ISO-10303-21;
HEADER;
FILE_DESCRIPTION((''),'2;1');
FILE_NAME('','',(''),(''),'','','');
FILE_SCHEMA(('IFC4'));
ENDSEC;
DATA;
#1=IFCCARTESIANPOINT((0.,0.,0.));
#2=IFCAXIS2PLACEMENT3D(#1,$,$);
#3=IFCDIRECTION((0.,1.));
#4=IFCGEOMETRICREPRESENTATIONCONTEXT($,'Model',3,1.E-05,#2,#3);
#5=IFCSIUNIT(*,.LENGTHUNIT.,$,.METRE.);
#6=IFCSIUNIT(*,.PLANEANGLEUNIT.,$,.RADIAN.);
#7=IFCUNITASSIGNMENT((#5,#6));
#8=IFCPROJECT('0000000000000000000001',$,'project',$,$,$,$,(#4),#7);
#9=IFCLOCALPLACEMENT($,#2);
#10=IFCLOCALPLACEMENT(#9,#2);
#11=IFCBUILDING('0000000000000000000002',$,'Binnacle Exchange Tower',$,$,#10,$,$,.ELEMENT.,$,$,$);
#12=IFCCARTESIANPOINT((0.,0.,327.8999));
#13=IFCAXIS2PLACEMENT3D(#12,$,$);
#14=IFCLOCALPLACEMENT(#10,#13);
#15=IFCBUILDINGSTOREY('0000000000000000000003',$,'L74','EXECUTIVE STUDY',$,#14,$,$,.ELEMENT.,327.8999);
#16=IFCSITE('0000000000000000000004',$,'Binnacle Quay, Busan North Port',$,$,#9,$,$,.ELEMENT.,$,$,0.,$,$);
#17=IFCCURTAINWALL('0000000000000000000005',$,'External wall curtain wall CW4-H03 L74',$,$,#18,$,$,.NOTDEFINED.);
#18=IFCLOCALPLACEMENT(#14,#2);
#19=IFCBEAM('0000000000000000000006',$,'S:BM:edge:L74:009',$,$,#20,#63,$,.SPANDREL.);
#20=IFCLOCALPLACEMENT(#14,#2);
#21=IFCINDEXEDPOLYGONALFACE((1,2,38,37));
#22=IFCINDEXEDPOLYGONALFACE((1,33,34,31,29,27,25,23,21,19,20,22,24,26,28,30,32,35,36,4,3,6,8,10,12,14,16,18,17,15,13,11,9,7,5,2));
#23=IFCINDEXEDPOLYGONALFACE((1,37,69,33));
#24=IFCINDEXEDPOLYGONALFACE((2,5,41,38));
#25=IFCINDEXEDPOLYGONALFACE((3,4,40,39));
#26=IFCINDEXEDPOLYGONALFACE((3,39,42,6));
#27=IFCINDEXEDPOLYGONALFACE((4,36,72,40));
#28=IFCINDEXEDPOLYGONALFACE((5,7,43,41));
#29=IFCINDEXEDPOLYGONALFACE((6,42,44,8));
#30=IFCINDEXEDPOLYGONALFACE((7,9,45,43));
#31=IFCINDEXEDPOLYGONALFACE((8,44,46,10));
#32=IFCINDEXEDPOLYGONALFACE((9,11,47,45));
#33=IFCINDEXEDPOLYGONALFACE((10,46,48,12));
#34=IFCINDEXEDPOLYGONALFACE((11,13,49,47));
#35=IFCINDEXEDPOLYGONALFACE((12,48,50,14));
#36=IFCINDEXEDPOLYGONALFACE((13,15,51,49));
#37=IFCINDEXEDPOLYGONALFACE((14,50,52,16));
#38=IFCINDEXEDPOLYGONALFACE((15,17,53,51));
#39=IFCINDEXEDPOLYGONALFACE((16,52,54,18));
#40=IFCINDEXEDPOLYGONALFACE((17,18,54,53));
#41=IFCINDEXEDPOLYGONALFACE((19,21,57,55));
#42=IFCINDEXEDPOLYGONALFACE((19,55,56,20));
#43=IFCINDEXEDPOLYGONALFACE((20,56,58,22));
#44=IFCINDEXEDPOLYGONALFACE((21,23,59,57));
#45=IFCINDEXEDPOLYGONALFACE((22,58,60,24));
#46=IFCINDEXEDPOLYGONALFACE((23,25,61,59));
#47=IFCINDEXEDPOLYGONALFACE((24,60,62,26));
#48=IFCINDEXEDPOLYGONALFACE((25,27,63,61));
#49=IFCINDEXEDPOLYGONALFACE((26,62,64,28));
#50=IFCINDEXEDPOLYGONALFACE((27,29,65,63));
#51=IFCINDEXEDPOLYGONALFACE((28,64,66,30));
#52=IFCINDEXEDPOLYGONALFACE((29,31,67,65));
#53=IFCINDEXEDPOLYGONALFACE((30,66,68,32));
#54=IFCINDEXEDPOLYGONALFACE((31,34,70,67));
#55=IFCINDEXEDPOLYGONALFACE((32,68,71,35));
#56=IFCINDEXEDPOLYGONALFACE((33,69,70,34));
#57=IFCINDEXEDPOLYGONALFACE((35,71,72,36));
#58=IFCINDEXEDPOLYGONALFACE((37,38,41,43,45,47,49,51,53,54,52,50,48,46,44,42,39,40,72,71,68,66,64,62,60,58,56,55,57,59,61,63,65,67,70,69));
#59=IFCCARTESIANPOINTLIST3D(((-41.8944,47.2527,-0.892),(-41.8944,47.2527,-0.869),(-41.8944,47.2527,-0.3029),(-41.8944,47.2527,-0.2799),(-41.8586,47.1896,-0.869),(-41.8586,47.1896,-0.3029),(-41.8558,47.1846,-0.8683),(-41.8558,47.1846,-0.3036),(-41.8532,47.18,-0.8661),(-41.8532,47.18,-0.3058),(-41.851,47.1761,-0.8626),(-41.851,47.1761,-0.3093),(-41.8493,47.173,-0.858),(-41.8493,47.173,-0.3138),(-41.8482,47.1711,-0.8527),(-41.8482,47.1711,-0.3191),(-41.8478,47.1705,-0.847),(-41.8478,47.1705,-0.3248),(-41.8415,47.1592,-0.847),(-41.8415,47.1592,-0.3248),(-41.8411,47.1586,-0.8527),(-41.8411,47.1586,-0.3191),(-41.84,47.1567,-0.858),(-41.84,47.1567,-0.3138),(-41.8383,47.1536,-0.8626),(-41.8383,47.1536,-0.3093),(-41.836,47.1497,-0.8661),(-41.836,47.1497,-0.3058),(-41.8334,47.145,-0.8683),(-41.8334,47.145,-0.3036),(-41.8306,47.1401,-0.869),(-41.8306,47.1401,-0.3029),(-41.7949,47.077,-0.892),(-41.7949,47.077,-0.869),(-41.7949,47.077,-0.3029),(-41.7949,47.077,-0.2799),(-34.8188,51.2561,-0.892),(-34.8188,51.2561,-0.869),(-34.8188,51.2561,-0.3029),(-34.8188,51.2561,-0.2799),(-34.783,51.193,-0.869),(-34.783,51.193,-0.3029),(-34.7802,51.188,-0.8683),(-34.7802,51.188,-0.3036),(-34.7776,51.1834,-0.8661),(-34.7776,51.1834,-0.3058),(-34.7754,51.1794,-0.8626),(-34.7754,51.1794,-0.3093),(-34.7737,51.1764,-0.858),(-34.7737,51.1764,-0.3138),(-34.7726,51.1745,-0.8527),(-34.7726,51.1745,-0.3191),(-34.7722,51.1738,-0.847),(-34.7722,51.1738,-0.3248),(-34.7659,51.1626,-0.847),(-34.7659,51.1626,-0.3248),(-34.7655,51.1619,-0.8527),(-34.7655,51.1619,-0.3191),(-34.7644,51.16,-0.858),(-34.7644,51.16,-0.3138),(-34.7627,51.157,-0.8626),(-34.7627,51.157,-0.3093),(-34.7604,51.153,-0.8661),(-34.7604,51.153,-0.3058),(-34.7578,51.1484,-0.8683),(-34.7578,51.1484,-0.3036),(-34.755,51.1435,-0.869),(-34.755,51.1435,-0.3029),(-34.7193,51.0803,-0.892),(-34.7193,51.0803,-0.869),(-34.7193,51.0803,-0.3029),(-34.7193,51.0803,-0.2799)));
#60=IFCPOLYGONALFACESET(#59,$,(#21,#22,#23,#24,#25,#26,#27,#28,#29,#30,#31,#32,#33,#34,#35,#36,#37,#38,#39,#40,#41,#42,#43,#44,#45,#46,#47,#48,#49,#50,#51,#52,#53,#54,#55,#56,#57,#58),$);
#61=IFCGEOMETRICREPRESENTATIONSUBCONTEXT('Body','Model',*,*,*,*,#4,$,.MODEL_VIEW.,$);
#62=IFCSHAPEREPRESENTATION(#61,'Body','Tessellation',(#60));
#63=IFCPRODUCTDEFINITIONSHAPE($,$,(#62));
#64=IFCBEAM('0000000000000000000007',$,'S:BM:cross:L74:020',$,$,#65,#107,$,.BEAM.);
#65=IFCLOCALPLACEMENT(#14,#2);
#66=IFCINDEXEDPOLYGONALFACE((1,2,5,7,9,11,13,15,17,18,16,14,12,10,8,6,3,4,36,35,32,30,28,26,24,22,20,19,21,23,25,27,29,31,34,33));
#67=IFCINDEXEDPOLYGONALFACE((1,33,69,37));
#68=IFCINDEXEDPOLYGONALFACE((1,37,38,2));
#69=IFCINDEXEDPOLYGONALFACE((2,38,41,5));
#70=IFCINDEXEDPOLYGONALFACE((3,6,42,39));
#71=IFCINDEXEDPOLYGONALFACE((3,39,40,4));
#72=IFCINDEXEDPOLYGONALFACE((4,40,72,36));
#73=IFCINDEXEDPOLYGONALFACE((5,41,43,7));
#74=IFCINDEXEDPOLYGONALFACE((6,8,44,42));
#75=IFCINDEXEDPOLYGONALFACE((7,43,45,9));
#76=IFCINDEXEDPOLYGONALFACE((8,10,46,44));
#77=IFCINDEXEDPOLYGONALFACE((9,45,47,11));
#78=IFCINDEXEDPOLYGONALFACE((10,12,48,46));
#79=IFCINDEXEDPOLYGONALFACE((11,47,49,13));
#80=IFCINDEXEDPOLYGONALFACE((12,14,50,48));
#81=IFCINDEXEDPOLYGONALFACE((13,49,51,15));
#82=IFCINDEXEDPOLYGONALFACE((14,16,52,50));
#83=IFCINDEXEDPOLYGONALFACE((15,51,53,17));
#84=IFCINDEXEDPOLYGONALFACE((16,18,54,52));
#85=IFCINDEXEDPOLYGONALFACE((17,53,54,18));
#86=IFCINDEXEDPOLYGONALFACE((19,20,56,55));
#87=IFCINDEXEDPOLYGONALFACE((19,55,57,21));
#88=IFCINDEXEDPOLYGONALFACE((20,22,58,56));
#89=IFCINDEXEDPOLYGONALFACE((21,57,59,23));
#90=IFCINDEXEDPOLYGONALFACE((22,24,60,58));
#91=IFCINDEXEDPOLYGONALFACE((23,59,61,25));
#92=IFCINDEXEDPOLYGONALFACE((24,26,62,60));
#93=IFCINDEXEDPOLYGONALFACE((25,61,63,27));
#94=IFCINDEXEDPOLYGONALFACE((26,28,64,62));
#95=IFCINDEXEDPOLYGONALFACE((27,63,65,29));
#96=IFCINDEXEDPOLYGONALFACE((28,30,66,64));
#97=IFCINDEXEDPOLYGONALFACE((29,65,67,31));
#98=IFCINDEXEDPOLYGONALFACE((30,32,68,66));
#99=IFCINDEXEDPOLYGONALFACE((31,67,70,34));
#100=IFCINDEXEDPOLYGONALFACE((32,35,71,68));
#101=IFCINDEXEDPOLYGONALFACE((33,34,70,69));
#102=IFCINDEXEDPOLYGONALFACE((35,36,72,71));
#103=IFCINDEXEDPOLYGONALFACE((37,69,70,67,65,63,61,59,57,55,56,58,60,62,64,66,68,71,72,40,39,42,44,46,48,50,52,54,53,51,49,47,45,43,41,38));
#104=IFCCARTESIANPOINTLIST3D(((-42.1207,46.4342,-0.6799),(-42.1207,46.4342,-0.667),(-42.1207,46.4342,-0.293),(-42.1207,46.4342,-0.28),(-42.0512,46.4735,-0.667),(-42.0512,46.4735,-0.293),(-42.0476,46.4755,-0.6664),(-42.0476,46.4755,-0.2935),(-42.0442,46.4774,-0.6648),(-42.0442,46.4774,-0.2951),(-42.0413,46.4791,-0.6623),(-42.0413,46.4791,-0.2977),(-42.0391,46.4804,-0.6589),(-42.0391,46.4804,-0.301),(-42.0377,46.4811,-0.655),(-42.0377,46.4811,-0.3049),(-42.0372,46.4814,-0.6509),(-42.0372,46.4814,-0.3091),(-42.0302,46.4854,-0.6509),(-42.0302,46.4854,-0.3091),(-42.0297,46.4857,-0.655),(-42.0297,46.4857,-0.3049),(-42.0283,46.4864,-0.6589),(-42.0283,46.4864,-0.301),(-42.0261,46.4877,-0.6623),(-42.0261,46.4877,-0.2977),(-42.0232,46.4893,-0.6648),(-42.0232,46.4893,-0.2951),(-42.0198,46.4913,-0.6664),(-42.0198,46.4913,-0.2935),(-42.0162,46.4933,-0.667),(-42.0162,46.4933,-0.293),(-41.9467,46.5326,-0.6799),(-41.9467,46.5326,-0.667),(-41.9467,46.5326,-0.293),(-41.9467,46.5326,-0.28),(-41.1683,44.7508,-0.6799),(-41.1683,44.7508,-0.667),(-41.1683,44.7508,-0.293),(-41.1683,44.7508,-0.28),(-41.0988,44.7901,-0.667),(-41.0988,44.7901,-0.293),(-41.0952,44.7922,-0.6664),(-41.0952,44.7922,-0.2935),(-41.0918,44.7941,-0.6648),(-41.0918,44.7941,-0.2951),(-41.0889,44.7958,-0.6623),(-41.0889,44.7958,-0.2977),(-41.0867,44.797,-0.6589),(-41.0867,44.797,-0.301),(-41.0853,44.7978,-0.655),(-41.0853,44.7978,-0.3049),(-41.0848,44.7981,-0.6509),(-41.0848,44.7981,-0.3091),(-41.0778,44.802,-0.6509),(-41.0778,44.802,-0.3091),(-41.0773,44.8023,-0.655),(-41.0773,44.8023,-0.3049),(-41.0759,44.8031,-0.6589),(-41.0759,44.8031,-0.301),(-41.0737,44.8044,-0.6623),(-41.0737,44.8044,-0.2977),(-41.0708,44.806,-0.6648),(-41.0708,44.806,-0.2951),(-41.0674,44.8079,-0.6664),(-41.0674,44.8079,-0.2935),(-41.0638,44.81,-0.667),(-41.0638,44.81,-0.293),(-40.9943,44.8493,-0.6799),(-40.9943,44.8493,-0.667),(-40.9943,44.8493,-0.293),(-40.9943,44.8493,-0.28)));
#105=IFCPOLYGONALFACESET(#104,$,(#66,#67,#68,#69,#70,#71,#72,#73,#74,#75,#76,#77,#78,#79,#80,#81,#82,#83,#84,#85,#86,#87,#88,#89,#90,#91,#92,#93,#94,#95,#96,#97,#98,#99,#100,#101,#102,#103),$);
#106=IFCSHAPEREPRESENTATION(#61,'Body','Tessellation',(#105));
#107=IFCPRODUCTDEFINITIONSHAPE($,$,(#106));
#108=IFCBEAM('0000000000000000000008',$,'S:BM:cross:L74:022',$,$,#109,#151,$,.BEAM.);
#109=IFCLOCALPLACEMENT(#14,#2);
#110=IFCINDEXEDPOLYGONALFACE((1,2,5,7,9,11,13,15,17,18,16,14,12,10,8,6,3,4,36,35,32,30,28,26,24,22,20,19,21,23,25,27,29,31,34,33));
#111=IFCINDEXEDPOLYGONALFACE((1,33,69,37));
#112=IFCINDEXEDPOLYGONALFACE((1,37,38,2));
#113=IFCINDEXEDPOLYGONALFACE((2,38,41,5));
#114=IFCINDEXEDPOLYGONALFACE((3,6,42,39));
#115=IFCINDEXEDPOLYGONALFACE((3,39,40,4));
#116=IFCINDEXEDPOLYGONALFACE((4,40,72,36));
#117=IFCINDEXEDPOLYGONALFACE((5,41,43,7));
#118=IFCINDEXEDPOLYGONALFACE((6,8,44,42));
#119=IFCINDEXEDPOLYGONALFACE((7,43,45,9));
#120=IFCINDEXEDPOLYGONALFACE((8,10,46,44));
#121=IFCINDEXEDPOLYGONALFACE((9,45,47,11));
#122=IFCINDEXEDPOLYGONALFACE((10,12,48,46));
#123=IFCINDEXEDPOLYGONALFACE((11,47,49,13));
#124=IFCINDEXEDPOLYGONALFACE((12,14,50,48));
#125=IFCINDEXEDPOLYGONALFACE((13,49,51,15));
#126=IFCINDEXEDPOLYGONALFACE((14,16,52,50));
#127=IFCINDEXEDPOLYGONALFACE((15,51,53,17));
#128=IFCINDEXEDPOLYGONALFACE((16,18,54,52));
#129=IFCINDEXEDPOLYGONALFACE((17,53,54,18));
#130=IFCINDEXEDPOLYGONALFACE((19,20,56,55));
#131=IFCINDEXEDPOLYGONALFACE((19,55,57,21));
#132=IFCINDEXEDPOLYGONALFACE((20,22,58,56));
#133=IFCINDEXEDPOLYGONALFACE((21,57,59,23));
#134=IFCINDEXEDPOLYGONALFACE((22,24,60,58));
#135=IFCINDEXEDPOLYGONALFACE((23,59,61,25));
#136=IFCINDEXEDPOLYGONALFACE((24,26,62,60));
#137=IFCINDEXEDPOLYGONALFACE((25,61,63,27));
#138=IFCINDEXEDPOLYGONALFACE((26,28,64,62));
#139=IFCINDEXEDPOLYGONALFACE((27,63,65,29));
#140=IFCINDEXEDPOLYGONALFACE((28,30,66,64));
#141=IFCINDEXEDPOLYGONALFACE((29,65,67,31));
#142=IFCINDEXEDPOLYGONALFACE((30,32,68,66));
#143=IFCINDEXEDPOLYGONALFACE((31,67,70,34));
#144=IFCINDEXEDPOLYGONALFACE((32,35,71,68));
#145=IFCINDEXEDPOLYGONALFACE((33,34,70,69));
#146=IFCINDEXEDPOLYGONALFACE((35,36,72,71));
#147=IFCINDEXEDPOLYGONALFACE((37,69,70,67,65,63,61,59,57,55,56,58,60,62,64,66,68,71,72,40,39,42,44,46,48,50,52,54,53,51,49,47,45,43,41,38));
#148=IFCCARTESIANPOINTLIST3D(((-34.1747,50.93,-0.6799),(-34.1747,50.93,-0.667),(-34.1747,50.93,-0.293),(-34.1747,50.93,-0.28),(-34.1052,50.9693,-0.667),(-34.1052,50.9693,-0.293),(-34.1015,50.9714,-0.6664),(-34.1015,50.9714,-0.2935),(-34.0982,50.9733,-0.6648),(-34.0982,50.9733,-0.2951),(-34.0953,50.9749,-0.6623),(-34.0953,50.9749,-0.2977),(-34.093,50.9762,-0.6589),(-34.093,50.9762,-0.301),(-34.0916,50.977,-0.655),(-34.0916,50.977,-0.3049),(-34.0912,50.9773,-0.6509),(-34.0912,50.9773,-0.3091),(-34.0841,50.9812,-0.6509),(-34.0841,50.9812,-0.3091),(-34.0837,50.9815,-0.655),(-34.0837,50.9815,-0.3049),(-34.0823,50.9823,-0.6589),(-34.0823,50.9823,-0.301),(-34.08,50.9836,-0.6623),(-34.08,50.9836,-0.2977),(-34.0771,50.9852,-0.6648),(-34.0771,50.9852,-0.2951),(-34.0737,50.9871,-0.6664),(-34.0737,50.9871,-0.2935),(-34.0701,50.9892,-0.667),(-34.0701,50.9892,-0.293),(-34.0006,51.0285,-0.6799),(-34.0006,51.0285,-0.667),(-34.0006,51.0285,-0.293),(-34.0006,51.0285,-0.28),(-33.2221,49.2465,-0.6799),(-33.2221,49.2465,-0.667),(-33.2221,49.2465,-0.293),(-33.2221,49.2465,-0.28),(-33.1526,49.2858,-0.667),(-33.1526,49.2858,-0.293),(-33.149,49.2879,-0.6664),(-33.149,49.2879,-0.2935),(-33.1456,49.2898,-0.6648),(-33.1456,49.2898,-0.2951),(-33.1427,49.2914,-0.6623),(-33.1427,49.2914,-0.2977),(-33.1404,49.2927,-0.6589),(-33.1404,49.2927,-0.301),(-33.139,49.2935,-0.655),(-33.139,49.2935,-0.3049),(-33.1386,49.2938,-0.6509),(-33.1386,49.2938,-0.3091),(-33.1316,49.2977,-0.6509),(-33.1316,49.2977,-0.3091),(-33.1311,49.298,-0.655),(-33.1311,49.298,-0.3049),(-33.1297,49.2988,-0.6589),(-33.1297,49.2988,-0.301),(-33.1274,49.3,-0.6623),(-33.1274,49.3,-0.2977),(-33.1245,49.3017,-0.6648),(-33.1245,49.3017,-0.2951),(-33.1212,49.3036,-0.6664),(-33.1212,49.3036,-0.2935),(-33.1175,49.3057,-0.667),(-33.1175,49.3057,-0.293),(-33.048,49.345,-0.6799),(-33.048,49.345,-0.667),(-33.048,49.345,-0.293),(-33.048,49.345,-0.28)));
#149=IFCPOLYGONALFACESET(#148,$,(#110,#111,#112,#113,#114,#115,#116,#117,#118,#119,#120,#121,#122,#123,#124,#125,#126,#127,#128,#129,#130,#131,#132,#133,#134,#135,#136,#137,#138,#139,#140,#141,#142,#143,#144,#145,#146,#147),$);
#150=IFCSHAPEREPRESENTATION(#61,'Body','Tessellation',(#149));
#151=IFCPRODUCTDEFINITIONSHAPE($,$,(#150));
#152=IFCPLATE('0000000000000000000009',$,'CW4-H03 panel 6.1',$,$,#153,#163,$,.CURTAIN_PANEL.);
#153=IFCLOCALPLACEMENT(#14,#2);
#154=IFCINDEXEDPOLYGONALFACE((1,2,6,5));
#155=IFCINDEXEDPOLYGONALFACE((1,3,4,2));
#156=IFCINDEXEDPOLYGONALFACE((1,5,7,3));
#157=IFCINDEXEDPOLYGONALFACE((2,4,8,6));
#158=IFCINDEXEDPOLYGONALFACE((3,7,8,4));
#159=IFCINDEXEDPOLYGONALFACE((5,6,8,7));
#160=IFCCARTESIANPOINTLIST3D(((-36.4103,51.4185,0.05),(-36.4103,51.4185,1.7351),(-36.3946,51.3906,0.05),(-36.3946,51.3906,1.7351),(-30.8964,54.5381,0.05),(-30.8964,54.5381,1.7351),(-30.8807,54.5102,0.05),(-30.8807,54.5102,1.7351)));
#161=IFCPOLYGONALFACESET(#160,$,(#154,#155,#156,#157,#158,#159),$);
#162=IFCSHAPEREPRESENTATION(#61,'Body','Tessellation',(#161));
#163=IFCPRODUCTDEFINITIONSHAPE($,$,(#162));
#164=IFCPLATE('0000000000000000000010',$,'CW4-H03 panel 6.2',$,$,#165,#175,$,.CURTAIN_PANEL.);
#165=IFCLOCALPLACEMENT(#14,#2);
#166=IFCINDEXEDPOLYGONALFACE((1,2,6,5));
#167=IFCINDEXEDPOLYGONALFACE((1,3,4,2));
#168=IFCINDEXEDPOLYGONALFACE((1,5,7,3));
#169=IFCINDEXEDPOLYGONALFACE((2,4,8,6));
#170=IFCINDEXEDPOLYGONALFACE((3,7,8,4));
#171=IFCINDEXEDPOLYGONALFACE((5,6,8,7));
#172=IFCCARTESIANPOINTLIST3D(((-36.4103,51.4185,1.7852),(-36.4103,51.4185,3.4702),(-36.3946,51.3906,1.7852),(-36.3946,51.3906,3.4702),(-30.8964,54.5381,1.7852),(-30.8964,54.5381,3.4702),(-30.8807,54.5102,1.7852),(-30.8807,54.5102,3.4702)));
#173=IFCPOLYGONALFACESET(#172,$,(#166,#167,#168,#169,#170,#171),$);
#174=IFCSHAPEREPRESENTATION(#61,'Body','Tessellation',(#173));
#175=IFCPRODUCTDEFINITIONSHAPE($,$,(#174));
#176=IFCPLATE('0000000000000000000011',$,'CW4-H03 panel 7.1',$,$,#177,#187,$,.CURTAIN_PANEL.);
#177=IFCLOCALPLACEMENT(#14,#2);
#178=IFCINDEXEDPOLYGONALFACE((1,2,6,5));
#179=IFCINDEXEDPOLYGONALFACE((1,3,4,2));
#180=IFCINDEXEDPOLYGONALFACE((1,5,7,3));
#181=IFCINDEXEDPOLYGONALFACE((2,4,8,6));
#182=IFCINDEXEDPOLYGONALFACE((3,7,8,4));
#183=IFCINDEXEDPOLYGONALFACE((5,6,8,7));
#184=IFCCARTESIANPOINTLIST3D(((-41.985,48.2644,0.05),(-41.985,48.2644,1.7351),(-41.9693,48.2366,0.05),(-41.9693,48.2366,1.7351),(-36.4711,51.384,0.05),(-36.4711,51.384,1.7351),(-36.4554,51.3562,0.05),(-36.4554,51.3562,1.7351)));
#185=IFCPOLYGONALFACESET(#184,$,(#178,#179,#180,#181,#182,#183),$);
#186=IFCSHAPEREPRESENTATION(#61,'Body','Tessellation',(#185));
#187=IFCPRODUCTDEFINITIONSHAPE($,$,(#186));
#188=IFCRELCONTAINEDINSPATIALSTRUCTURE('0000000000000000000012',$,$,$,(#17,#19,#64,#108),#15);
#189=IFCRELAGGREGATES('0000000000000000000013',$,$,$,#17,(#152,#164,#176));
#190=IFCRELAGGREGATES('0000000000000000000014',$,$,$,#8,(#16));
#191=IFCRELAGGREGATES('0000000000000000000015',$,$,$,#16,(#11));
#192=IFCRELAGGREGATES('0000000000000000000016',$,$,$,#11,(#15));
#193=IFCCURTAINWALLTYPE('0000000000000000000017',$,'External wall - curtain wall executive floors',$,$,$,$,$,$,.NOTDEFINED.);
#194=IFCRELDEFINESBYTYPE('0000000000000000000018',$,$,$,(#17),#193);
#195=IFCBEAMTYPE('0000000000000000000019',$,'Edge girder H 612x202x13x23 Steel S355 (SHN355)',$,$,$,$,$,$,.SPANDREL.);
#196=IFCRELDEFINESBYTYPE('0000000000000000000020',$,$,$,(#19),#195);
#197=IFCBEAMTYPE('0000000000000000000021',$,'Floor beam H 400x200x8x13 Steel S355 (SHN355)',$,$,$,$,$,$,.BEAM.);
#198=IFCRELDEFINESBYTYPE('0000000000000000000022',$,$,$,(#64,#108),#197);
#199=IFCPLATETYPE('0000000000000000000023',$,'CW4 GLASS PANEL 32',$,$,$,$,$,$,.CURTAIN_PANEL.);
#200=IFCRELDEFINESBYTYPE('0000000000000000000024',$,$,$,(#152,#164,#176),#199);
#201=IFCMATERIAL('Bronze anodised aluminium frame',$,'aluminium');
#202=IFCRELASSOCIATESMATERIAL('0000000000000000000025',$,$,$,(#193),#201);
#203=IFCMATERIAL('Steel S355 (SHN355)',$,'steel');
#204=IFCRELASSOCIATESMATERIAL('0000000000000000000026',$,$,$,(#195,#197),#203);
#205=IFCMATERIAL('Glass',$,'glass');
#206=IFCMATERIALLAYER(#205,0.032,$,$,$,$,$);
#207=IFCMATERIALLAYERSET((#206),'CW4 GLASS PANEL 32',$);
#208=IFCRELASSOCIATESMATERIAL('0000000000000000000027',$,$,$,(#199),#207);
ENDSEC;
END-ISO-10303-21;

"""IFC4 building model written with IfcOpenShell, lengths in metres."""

from ifc_helpers import new_model, si_unit, direction, frame, origin, origin_2d, place, context, subcontext, project, spatial, rectangle, i_section, extrude, material, layer, layer_set, material_profile, profile_set, type_object, element, aggregate, save


model = new_model("IFC4")

# Units and contexts
model_context = context("Model", 3, precision=1e-05, world=origin(), true_north=direction((0.0, 1.0)))
body_context = subcontext(model_context, "Body", "Model", "MODEL_VIEW")
ifc_project = project(units=[si_unit("LENGTHUNIT", "METRE"), si_unit("PLANEANGLEUNIT", "RADIAN")], contexts=[model_context])

# Site, building, storey
site_placement = place(None, origin())
site = spatial("IfcSite", under=ifc_project, at=site_placement, Name="Binnacle Quay, Busan North Port", CompositionType="ELEMENT", RefElevation=0.0)
building_placement = place(site_placement, origin())
building = spatial("IfcBuilding", under=site, at=building_placement, Name="Binnacle Exchange Tower", CompositionType="ELEMENT")
storey_placement = place(building_placement, frame((0.0, 0.0, 327.8999)))
storey = spatial("IfcBuildingStorey", under=building, at=storey_placement, Name="L74", Description="EXECUTIVE STUDY", CompositionType="ELEMENT", Elevation=327.8999)

# Curtain wall
ifc_material_1 = material(Name="Bronze anodised aluminium frame", Category="aluminium")
curtain_wall_type = type_object("IfcCurtainWallType", Name="External wall - curtain wall executive floors", PredefinedType="NOTDEFINED", material=ifc_material_1)
curtain_wall_placement = place(storey_placement, origin())
curtain_wall = element("IfcCurtainWall", 1, at=curtain_wall_placement, inside=storey, type_object=curtain_wall_type, Name="External wall curtain wall CW4-H03 L74", PredefinedType="NOTDEFINED")

# Beams
ifc_material_2 = material(Name="Steel S355 (SHN355)", Category="steel")
ifc_material_profile_1 = material_profile(ifc_material_2, i_section(OverallWidth=0.2019, OverallDepth=0.6121, WebThickness=0.0129, FlangeThickness=0.0229, FilletRadius=0.022, at=origin_2d()), Name="H 612x202x13x23")
ifc_profile_set_1 = profile_set([ifc_material_profile_1], Name="Steel S355 (SHN355)")
beam_type_1 = type_object("IfcBeamType", Name="Edge girder H 612x202x13x23 Steel S355 (SHN355)", PredefinedType="SPANDREL", material=ifc_profile_set_1)
beam_1_placement = place(storey_placement, frame((-34.769, 51.1682, -0.5859), z_axis=(-0.870346, -0.492441, 0.0), x_axis=(0.492441, -0.870346, 0.0)))
element("IfcBeam", 2, at=beam_1_placement, inside=storey, type_object=beam_type_1, Name="S:BM:edge:L74:009", PredefinedType="SPANDREL", context=body_context, shape_type="SweptSolid", body=[
    extrude(i_section(OverallWidth=0.2019, OverallDepth=0.6121, WebThickness=0.0129, FlangeThickness=0.0229, FilletRadius=0.022, at=origin_2d()), origin(), (0.0, 0.0, 1.0), 8.1296),
])
ifc_material_profile_2 = material_profile(ifc_material_2, i_section(OverallWidth=0.2, OverallDepth=0.3999, WebThickness=0.0081, FlangeThickness=0.0129, FilletRadius=0.0161, at=origin_2d()), Name="H 400x200x8x13")
ifc_profile_set_2 = profile_set([ifc_material_profile_2], Name="Steel S355 (SHN355)")
beam_type_2 = type_object("IfcBeamType", Name="Floor beam H 400x200x8x13 Steel S355 (SHN355)", PredefinedType="BEAM", material=ifc_profile_set_2)
beam_2_placement = place(storey_placement, frame((-42.0337, 46.4834, -0.48), z_axis=(0.492423, -0.870356, 0.0), x_axis=(0.870356, 0.492423, 0.0)))
element("IfcBeam", 3, at=beam_2_placement, inside=storey, type_object=beam_type_2, Name="S:BM:cross:L74:020", PredefinedType="BEAM", context=body_context, shape_type="SweptSolid", body=[
    extrude(i_section(OverallWidth=0.2, OverallDepth=0.3999, WebThickness=0.0081, FlangeThickness=0.0129, FilletRadius=0.0161, at=origin_2d()), origin(), (0.0, 0.0, 1.0), 1.9341),
])
beam_3_placement = place(storey_placement, frame((-34.0876, 50.9792, -0.48), z_axis=(0.492465, -0.870332, 0.0), x_axis=(0.870332, 0.492465, 0.0)))
element("IfcBeam", 4, at=beam_3_placement, inside=storey, type_object=beam_type_2, Name="S:BM:cross:L74:022", PredefinedType="BEAM", context=body_context, shape_type="SweptSolid", body=[
    extrude(i_section(OverallWidth=0.2, OverallDepth=0.3999, WebThickness=0.0081, FlangeThickness=0.0129, FilletRadius=0.0161, at=origin_2d()), origin(), (0.0, 0.0, 1.0), 1.9343),
])

# Plates
ifc_material_3 = material(Name="Glass", Category="glass")
ifc_layer_1 = layer(ifc_material_3, 0.032)
ifc_layer_set_1 = layer_set([ifc_layer_1], Name="CW4 GLASS PANEL 32")
plate_type = type_object("IfcPlateType", Name="CW4 GLASS PANEL 32", PredefinedType="CURTAIN_PANEL", material=ifc_layer_set_1)
plate_1_placement = place(storey_placement, frame((-33.6455, 52.9644, 0.05), z_axis=(0.0, 0.0, 1.0), x_axis=(-0.870356, -0.492424, 0.0)))
plate_1 = element("IfcPlate", 5, at=plate_1_placement, type_object=plate_type, Name="CW4-H03 panel 6.1", PredefinedType="CURTAIN_PANEL", context=body_context, shape_type="SweptSolid", body=[
    extrude(rectangle(XDim=6.3352, YDim=0.032, at=origin_2d()), origin(), (0.0, 0.0, 1.0), 1.6851),
])
plate_2_placement = place(storey_placement, frame((-33.6455, 52.9644, 1.7852), z_axis=(0.0, 0.0, 1.0), x_axis=(-0.870356, -0.492424, 0.0)))
plate_2 = element("IfcPlate", 6, at=plate_2_placement, type_object=plate_type, Name="CW4-H03 panel 6.2", PredefinedType="CURTAIN_PANEL", context=body_context, shape_type="SweptSolid", body=[
    extrude(rectangle(XDim=6.3352, YDim=0.032, at=origin_2d()), origin(), (0.0, 0.0, 1.0), 1.6851),
])
plate_3_placement = place(storey_placement, frame((-39.2202, 49.8103, 0.05), z_axis=(0.0, 0.0, 1.0), x_axis=(-0.870356, -0.492424, 0.0)))
plate_3 = element("IfcPlate", 7, at=plate_3_placement, type_object=plate_type, Name="CW4-H03 panel 7.1", PredefinedType="CURTAIN_PANEL", context=body_context, shape_type="SweptSolid", body=[
    extrude(rectangle(XDim=6.3352, YDim=0.032, at=origin_2d()), origin(), (0.0, 0.0, 1.0), 1.6851),
])
aggregate(curtain_wall, [plate_1, plate_2, plate_3])

save(model, "model.ifc")
